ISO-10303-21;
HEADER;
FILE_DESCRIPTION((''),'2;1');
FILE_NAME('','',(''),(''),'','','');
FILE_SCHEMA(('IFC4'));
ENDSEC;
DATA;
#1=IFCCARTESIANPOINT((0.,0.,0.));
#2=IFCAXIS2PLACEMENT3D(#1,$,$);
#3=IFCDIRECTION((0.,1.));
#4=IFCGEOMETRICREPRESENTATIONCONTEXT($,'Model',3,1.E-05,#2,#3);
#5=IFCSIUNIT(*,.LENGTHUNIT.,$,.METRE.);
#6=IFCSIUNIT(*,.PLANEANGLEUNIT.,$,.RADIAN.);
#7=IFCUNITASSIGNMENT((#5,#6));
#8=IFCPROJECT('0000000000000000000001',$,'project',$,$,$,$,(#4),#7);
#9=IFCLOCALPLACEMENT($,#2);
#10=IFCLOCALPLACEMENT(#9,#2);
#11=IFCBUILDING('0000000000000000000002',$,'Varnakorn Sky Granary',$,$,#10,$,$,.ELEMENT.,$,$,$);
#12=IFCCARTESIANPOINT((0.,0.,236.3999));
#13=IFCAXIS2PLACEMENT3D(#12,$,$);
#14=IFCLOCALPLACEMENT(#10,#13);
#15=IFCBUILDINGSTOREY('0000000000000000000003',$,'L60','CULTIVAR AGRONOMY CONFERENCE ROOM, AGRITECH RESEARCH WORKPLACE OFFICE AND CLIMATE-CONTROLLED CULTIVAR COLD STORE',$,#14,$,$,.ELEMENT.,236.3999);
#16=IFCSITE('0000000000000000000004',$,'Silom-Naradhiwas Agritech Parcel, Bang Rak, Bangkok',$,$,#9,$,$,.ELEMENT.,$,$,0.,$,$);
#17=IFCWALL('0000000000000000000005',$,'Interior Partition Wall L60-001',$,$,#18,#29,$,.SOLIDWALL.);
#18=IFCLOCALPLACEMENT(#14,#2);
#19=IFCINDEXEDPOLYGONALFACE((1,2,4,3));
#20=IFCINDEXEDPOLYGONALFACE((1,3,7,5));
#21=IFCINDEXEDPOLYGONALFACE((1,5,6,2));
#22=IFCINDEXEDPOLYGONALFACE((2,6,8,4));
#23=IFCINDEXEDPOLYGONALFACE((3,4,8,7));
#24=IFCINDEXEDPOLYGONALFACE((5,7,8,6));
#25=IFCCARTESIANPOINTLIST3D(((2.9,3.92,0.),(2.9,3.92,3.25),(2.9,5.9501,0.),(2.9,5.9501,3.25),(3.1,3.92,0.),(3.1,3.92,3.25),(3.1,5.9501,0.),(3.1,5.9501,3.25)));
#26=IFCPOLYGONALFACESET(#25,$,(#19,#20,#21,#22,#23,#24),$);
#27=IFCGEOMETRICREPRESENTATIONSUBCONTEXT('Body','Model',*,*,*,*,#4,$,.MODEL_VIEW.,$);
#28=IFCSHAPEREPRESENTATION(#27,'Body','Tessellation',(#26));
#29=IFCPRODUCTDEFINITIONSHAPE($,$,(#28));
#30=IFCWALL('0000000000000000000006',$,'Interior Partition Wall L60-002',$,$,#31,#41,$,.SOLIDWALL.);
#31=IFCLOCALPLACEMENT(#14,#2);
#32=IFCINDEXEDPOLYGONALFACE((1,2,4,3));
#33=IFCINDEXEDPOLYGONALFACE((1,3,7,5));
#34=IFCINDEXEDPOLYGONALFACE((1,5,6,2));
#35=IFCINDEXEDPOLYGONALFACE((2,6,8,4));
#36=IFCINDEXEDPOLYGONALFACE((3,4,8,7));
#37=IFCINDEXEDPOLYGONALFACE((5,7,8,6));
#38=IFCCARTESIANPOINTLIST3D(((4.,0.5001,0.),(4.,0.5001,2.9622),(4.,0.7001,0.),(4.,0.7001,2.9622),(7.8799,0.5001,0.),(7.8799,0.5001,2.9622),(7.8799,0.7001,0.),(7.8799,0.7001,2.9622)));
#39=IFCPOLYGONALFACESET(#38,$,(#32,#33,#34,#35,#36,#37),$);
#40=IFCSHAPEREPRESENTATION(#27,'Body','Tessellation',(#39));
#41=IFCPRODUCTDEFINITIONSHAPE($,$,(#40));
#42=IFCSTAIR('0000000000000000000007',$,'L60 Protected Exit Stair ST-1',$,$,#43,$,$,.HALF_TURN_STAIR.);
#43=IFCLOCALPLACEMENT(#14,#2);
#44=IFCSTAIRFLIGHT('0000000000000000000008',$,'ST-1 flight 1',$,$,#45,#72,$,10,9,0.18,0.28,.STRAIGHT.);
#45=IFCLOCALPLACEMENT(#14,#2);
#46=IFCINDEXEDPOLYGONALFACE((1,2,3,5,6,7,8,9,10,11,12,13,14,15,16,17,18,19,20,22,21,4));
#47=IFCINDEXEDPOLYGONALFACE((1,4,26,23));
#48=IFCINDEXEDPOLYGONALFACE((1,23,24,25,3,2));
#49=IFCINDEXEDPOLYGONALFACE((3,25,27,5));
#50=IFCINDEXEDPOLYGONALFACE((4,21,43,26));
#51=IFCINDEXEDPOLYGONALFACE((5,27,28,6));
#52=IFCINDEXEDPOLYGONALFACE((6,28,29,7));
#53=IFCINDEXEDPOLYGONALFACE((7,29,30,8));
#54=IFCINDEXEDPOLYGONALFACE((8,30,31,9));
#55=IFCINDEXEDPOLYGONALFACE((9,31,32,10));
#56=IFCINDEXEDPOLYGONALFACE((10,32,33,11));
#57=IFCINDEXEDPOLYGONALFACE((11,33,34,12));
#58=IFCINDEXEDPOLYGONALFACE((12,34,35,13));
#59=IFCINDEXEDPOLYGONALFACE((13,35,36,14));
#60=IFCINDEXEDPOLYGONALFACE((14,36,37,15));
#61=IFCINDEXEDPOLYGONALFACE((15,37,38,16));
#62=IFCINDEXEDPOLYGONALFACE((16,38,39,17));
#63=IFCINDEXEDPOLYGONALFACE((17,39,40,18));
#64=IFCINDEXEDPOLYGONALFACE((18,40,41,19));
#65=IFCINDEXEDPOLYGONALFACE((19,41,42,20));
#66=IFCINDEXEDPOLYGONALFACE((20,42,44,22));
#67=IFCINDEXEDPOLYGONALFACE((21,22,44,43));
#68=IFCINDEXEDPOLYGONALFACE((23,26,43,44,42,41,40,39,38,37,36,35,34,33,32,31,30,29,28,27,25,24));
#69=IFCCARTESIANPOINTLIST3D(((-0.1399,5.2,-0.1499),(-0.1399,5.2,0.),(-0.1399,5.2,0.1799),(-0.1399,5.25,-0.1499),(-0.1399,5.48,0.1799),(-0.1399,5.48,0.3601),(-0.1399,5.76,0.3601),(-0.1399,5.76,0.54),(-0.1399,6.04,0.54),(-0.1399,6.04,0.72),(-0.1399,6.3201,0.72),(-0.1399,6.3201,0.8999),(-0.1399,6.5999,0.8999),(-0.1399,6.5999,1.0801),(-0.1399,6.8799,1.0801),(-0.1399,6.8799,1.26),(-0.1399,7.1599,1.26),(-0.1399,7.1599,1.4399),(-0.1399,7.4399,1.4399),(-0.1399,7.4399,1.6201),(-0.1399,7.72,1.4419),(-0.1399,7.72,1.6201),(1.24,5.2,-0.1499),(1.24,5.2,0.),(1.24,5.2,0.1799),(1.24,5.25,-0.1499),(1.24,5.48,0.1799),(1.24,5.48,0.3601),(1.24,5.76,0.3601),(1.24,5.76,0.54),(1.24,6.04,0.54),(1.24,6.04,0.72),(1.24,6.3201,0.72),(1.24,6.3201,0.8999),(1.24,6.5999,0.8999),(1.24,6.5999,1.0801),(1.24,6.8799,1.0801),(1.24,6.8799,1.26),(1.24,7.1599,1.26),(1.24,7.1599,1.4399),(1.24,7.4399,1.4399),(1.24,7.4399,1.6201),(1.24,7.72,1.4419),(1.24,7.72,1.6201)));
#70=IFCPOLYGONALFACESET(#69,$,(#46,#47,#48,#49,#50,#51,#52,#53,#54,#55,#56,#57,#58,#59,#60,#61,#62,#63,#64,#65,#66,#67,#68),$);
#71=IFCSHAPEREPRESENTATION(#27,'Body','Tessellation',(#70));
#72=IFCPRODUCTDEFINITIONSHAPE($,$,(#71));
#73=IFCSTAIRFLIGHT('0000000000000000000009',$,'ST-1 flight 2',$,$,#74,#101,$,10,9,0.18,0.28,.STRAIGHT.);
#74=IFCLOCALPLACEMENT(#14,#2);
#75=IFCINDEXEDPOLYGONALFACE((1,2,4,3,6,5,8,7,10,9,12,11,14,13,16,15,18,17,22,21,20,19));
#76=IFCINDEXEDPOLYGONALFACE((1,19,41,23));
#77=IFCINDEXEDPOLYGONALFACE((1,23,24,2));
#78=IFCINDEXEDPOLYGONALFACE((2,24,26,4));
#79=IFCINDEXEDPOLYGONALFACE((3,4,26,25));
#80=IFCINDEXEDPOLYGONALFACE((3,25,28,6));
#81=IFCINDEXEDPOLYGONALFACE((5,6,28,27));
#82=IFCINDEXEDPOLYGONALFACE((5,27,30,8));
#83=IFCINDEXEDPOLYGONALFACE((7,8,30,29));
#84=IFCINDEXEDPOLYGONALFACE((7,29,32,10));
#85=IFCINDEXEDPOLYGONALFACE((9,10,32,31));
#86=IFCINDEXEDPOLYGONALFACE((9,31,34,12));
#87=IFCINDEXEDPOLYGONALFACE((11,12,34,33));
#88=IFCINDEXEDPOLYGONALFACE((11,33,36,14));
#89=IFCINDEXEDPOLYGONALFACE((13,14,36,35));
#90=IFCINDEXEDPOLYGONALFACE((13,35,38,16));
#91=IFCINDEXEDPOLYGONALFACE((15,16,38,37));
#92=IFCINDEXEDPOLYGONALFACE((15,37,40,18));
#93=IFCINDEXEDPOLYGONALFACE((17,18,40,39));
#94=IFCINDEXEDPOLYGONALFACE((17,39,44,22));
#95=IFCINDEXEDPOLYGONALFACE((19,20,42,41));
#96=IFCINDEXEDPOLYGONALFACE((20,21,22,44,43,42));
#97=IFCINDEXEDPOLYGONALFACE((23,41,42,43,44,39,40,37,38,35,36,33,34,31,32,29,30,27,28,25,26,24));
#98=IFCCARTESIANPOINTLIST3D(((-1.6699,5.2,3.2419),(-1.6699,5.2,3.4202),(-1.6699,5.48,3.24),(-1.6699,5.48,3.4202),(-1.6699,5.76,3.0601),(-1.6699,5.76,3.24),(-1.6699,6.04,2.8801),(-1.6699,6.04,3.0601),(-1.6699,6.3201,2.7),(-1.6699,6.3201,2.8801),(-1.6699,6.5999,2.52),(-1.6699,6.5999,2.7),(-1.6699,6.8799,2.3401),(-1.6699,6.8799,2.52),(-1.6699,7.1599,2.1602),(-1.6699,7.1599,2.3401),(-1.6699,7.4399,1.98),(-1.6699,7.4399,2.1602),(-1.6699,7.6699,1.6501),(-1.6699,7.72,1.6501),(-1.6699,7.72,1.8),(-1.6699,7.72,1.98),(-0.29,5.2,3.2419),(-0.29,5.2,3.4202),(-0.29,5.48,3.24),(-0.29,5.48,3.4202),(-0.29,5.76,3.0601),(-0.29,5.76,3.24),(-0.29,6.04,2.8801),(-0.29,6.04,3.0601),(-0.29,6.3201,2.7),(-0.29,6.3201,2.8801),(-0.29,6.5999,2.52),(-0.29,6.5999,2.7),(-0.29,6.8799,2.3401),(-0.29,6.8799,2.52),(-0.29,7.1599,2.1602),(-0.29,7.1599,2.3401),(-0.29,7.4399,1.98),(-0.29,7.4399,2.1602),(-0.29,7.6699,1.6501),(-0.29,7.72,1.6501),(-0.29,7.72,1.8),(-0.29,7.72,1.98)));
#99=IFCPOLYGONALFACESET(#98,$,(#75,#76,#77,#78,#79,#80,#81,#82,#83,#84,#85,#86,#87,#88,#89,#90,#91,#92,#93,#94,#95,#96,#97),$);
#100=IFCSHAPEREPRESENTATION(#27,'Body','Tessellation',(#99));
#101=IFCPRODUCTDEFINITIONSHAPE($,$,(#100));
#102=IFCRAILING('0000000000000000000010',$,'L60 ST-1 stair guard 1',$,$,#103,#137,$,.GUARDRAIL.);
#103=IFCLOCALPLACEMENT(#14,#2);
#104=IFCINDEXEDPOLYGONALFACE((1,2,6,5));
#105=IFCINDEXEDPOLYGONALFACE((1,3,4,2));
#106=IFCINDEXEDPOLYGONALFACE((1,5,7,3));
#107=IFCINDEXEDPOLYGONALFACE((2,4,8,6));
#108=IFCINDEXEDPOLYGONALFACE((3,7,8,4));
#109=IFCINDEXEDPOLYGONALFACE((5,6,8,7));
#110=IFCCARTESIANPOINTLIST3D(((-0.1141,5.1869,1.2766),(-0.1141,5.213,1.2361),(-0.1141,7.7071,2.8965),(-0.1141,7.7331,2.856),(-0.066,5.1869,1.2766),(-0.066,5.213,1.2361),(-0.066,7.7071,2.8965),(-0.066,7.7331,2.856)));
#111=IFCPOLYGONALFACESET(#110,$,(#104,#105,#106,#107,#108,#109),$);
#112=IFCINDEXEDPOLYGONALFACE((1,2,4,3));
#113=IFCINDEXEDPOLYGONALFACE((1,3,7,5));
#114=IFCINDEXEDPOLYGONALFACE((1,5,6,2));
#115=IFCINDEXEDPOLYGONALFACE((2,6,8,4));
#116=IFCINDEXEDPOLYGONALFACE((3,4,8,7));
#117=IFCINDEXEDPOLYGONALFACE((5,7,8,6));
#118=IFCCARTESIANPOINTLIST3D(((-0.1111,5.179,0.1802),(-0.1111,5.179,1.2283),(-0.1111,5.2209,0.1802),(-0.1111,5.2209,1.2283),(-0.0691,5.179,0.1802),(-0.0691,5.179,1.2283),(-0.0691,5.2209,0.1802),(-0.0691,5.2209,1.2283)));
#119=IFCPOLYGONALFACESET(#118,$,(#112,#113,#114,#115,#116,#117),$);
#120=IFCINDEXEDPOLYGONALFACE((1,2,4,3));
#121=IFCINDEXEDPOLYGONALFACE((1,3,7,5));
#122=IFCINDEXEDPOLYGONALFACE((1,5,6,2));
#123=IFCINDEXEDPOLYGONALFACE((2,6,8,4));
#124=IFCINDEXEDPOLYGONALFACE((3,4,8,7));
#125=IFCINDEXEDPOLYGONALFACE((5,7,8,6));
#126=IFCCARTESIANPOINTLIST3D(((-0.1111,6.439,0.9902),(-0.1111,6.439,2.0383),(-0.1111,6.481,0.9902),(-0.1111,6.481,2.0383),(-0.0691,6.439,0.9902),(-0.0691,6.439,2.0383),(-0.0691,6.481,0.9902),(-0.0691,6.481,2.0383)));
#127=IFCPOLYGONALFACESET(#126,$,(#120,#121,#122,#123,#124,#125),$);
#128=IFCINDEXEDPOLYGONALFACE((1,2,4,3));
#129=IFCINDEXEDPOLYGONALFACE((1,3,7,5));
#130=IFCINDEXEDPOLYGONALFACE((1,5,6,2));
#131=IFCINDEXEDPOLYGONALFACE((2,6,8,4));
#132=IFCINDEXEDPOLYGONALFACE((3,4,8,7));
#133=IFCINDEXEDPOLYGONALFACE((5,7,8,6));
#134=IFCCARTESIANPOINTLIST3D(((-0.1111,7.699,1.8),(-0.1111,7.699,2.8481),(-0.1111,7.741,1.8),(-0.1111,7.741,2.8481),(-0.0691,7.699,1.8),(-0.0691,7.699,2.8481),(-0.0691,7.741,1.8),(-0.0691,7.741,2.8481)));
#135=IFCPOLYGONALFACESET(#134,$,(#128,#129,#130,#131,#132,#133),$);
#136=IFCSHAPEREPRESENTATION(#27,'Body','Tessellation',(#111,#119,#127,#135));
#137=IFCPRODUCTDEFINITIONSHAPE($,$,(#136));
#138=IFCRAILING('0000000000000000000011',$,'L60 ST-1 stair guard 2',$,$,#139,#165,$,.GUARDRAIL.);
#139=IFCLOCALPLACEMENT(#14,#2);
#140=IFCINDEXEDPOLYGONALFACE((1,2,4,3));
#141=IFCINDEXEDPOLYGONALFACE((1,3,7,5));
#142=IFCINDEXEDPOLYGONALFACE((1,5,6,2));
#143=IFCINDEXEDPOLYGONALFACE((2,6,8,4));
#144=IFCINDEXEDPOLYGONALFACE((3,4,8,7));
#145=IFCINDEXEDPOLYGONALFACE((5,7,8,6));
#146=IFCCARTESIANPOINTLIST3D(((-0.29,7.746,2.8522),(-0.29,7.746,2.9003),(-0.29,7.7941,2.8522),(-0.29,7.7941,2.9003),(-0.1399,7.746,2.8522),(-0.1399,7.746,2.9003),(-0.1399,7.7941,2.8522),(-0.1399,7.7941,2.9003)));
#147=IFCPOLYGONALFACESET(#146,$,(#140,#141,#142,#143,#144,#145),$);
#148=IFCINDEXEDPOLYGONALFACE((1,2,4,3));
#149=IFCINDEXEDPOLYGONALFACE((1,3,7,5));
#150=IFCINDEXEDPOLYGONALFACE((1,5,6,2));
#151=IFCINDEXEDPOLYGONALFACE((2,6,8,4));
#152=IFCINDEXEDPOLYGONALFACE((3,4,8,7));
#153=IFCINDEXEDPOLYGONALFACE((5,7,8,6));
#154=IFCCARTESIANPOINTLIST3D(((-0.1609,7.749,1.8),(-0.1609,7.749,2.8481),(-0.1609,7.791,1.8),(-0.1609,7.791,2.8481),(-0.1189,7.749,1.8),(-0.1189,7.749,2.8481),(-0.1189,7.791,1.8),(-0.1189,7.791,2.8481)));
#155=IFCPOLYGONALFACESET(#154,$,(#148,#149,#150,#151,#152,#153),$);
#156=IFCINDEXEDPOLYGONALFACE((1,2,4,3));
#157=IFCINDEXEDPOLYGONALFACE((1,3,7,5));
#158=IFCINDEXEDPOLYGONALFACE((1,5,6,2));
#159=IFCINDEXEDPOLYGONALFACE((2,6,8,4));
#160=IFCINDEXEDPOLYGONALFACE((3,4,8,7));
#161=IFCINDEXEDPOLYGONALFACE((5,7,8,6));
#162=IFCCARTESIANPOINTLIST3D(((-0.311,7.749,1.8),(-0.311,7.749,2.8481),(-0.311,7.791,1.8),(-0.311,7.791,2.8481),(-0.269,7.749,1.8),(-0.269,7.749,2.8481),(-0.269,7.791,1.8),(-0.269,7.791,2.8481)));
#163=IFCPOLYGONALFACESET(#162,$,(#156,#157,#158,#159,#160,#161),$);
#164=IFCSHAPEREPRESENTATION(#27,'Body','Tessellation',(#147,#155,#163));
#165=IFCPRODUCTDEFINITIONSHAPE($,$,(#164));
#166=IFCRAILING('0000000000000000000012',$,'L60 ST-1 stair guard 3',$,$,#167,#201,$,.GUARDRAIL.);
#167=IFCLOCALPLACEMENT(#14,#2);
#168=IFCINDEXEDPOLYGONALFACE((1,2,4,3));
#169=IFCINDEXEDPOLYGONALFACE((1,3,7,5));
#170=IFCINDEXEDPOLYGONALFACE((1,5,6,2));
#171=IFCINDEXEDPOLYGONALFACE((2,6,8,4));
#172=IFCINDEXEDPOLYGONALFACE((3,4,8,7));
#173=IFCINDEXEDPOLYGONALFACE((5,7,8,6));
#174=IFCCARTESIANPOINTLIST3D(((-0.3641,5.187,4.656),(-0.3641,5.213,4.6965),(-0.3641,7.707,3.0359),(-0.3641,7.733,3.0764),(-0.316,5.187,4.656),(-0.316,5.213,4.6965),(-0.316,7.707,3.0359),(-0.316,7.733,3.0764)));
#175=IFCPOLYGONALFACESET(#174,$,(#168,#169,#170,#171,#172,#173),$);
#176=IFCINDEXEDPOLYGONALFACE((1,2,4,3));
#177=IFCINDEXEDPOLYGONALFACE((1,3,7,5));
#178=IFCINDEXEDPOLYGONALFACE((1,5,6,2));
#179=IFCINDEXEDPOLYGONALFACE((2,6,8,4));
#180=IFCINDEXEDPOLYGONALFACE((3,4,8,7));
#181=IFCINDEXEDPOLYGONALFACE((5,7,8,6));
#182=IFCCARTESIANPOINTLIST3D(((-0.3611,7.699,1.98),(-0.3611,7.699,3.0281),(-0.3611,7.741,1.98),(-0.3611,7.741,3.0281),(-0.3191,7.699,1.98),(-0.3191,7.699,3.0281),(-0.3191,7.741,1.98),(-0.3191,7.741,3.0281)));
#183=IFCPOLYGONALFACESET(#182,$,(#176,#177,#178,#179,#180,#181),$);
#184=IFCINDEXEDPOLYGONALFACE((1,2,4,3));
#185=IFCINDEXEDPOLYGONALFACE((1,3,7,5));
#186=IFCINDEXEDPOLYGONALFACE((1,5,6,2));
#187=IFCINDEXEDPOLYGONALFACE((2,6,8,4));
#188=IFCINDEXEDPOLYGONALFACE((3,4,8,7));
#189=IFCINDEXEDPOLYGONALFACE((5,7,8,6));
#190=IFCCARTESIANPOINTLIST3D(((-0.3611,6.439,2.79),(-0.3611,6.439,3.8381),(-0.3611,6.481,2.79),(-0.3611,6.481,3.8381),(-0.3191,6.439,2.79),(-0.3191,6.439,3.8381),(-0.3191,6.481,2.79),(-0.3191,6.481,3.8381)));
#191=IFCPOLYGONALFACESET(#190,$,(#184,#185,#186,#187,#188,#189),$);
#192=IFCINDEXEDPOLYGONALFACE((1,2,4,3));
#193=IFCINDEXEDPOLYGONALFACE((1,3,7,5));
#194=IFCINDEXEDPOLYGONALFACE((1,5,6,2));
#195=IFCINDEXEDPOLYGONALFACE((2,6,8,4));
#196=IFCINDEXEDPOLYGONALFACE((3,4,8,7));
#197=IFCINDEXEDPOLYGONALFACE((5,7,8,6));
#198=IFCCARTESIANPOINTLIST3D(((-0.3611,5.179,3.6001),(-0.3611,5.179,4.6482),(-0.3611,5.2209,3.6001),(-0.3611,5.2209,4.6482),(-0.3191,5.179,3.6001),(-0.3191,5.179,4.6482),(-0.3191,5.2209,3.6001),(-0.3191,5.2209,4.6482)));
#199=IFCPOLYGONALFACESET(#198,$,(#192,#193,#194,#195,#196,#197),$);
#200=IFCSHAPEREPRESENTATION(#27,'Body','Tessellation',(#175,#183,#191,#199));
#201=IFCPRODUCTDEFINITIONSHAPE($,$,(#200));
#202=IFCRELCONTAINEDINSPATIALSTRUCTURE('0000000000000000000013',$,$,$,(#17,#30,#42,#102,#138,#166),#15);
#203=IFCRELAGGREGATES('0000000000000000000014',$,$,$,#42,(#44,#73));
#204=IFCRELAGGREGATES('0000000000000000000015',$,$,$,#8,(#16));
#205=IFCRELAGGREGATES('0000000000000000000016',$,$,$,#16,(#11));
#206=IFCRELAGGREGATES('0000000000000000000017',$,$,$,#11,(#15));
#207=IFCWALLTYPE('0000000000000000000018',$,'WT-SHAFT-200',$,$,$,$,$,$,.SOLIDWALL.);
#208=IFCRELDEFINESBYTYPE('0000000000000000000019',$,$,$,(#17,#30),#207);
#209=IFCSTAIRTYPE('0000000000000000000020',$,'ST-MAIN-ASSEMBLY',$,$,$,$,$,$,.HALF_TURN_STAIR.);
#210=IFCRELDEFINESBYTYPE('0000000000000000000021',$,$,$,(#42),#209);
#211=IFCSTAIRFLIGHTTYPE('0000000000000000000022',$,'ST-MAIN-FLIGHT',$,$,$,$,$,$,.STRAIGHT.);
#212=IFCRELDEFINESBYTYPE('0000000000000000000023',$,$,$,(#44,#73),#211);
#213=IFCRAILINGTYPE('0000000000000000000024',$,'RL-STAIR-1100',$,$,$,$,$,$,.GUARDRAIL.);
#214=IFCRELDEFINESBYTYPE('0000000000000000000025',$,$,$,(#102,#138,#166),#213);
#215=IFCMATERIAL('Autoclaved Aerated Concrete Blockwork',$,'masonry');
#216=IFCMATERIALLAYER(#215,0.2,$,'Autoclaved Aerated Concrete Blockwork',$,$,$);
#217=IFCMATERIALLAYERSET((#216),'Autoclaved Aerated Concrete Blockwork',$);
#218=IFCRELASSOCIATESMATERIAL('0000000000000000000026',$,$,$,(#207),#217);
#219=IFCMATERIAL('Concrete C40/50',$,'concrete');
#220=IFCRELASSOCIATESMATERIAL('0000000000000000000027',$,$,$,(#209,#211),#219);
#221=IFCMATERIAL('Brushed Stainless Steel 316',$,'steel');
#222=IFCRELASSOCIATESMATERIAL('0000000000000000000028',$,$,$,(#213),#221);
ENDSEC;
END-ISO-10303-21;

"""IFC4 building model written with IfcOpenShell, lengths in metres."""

from ifc_helpers import new_model, si_unit, direction, frame, frame_2d, origin, origin_2d, place, context, subcontext, project, spatial, polyline, rectangle, outline, extrude, material, layer, layer_set, type_object, element, aggregate, save


model = new_model("IFC4")

# Units and contexts
model_context = context("Model", 3, precision=1e-05, world=origin(), true_north=direction((0.0, 1.0)))
body_context = subcontext(model_context, "Body", "Model", "MODEL_VIEW")
ifc_project = project(units=[si_unit("LENGTHUNIT", "METRE"), si_unit("PLANEANGLEUNIT", "RADIAN")], contexts=[model_context])

# Site, building, storey
site_placement = place(None, origin())
site = spatial("IfcSite", under=ifc_project, at=site_placement, Name="Silom-Naradhiwas Agritech Parcel, Bang Rak, Bangkok", CompositionType="ELEMENT", RefElevation=0.0)
building_placement = place(site_placement, origin())
building = spatial("IfcBuilding", under=site, at=building_placement, Name="Varnakorn Sky Granary", CompositionType="ELEMENT")
storey_placement = place(building_placement, frame((0.0, 0.0, 236.3999)))
storey = spatial("IfcBuildingStorey", under=building, at=storey_placement, Name="L60", Description="CULTIVAR AGRONOMY CONFERENCE ROOM, AGRITECH RESEARCH WORKPLACE OFFICE AND CLIMATE-CONTROLLED CULTIVAR COLD STORE", CompositionType="ELEMENT", Elevation=236.3999)

# Shared definitions
ifc_material_1 = material(Name="Autoclaved Aerated Concrete Blockwork", Category="masonry")

# Walls
ifc_layer_1 = layer(ifc_material_1, 0.2, Name="Autoclaved Aerated Concrete Blockwork")
ifc_layer_set_1 = layer_set([ifc_layer_1], Name="Autoclaved Aerated Concrete Blockwork")
wall_type_1 = type_object("IfcWallType", Name="WT-SHAFT-200", PredefinedType="SOLIDWALL", material=ifc_layer_set_1)
wall_1_placement = place(storey_placement, frame((3.0, 3.9199, 0.0), z_axis=(0.0, 0.0, 1.0), x_axis=(0.0, 1.0, 0.0)))
element("IfcWall", 1, at=wall_1_placement, inside=storey, type_object=wall_type_1, Name="Interior Partition Wall L60-001", PredefinedType="SOLIDWALL", context=body_context, shape_type="SweptSolid", body=[
    extrude(rectangle(XDim=2.03, YDim=0.2, at=frame_2d((1.0151, 0.0))), origin(), (0.0, 0.0, 1.0), 3.25),
])
wall_2_placement = place(storey_placement, frame((4.0, 0.6001, 0.0), z_axis=(0.0, 0.0, 1.0), x_axis=(1.0, 0.0, 0.0)))
element("IfcWall", 2, at=wall_2_placement, inside=storey, type_object=wall_type_1, Name="Interior Partition Wall L60-002", PredefinedType="SOLIDWALL", context=body_context, shape_type="SweptSolid", body=[
    extrude(rectangle(XDim=3.8799, YDim=0.2, at=frame_2d((1.9399, 0.0))), origin(), (0.0, 0.0, 1.0), 2.9622),
])

# Stair, stair flights
ifc_material_2 = material(Name="Concrete C40/50", Category="concrete")
stair_type = type_object("IfcStairType", Name="ST-MAIN-ASSEMBLY", PredefinedType="HALF_TURN_STAIR", material=ifc_material_2)
stair_placement = place(storey_placement, origin())
stair = element("IfcStair", 3, at=stair_placement, inside=storey, type_object=stair_type, Name="L60 Protected Exit Stair ST-1", PredefinedType="HALF_TURN_STAIR")
stair_flight_type = type_object("IfcStairFlightType", Name="ST-MAIN-FLIGHT", PredefinedType="STRAIGHT", material=ifc_material_2)
stair_flight_1_placement = place(storey_placement, frame((0.55, 5.2, 0.0), z_axis=(0.0, 0.0, 1.0), x_axis=(0.0, 1.0, 0.0)))
stair_flight_1 = element("IfcStairFlight", 4, at=stair_flight_1_placement, type_object=stair_flight_type, Name="ST-1 flight 1", NumberOfRisers=10, NumberOfTreads=9, PredefinedType="STRAIGHT", RiserHeight=0.18, TreadLength=0.28, context=body_context, shape_type="SweptSolid", body=[
    extrude(outline(polyline([(0.0, -0.1499), (0.0, 0.0), (0.0, 0.1799), (0.28, 0.1799), (0.28, 0.3601), (0.5601, 0.3601), (0.5601, 0.54), (0.8401, 0.54), (0.8401, 0.72), (1.1201, 0.72), (1.1201, 0.8999), (1.3999, 0.8999), (1.3999, 1.0801), (1.6799, 1.0801), (1.6799, 1.26), (1.96, 1.26), (1.96, 1.4399), (2.24, 1.4399), (2.24, 1.6201), (2.52, 1.6201), (2.52, 1.8), (2.52, 1.4419), (0.05, -0.1499), (0.0, -0.1499)])), frame((0.0, 0.6899, 0.0), z_axis=(0.0, -1.0, 0.0), x_axis=(1.0, 0.0, 0.0)), (0.0, 0.0, 1.0), 1.3799),
])
stair_flight_2_placement = place(storey_placement, frame((-0.98, 7.72, 1.8), z_axis=(0.0, 0.0, 1.0), x_axis=(0.0, -1.0, 0.0)))
stair_flight_2 = element("IfcStairFlight", 5, at=stair_flight_2_placement, type_object=stair_flight_type, Name="ST-1 flight 2", NumberOfRisers=10, NumberOfTreads=9, PredefinedType="STRAIGHT", RiserHeight=0.18, TreadLength=0.28, context=body_context, shape_type="SweptSolid", body=[
    extrude(outline(polyline([(0.0, -0.1499), (0.0, 0.0), (0.0, 0.1799), (0.28, 0.1799), (0.28, 0.3601), (0.5601, 0.3601), (0.5601, 0.54), (0.8401, 0.54), (0.8401, 0.72), (1.1201, 0.72), (1.1201, 0.8999), (1.3999, 0.8999), (1.3999, 1.0801), (1.6799, 1.0801), (1.6799, 1.26), (1.96, 1.26), (1.96, 1.4399), (2.24, 1.4399), (2.24, 1.6201), (2.52, 1.6201), (2.52, 1.8), (2.52, 1.4419), (0.05, -0.1499), (0.0, -0.1499)])), frame((0.0, 0.6899, 0.0), z_axis=(0.0, -1.0, 0.0), x_axis=(1.0, 0.0, 0.0)), (0.0, 0.0, 1.0), 1.3799),
])
aggregate(stair, [stair_flight_1, stair_flight_2])

# Railings
ifc_material_3 = material(Name="Brushed Stainless Steel 316", Category="steel")
railing_type_1 = type_object("IfcRailingType", Name="RL-STAIR-1100", PredefinedType="GUARDRAIL", material=ifc_material_3)
railing_1_placement = place(storey_placement, frame((-0.0901, 5.2, 0.1802)))
element("IfcRailing", 6, at=railing_1_placement, inside=storey, type_object=railing_type_1, Name="L60 ST-1 stair guard 1", PredefinedType="GUARDRAIL", context=body_context, shape_type="SweptSolid", body=[
    extrude(rectangle(XDim=0.0481, YDim=0.0481, at=origin_2d()), frame((0.0, 0.0, 1.0762), z_axis=(0.0, 0.8412, 0.540725), x_axis=(-1.0, 0.0, 0.0)), (0.0, 0.0, 1.0), 2.9958),
    extrude(rectangle(XDim=0.042, YDim=0.042, at=origin_2d()), origin(), (0.0, 0.0, 1.0), 1.0481),
    extrude(rectangle(XDim=0.042, YDim=0.042, at=origin_2d()), frame((0.0, 1.26, 0.8101)), (0.0, 0.0, 1.0), 1.0481),
    extrude(rectangle(XDim=0.042, YDim=0.042, at=origin_2d()), frame((0.0, 2.52, 1.6199)), (0.0, 0.0, 1.0), 1.0481),
])
railing_2_placement = place(storey_placement, frame((-0.1399, 7.77, 1.8)))
element("IfcRailing", 7, at=railing_2_placement, inside=storey, type_object=railing_type_1, Name="L60 ST-1 stair guard 2", PredefinedType="GUARDRAIL", context=body_context, shape_type="SweptSolid", body=[
    extrude(rectangle(XDim=0.0481, YDim=0.0481, at=origin_2d()), frame((0.0, 0.0, 1.0762), z_axis=(-1.0, 0.0, 0.0), x_axis=(0.0, -1.0, 0.0)), (0.0, 0.0, 1.0), 0.1501),
    extrude(rectangle(XDim=0.042, YDim=0.042, at=origin_2d()), origin(), (0.0, 0.0, 1.0), 1.0481),
    extrude(rectangle(XDim=0.042, YDim=0.042, at=origin_2d()), frame((-0.1501, 0.0, 0.0)), (0.0, 0.0, 1.0), 1.0481),
])
railing_3_placement = place(storey_placement, frame((-0.3401, 7.72, 1.98)))
element("IfcRailing", 8, at=railing_3_placement, inside=storey, type_object=railing_type_1, Name="L60 ST-1 stair guard 3", PredefinedType="GUARDRAIL", context=body_context, shape_type="SweptSolid", body=[
    extrude(rectangle(XDim=0.0481, YDim=0.0481, at=origin_2d()), frame((0.0, 0.0, 1.0762), z_axis=(0.0, -0.841163, 0.540782), x_axis=(1.0, 0.0, 0.0)), (0.0, 0.0, 1.0), 2.9958),
    extrude(rectangle(XDim=0.042, YDim=0.042, at=origin_2d()), origin(), (0.0, 0.0, 1.0), 1.0481),
    extrude(rectangle(XDim=0.042, YDim=0.042, at=origin_2d()), frame((0.0, -1.26, 0.8101)), (0.0, 0.0, 1.0), 1.0481),
    extrude(rectangle(XDim=0.042, YDim=0.042, at=origin_2d()), frame((0.0, -2.52, 1.6201)), (0.0, 0.0, 1.0), 1.0481),
])

save(model, "model.ifc")
